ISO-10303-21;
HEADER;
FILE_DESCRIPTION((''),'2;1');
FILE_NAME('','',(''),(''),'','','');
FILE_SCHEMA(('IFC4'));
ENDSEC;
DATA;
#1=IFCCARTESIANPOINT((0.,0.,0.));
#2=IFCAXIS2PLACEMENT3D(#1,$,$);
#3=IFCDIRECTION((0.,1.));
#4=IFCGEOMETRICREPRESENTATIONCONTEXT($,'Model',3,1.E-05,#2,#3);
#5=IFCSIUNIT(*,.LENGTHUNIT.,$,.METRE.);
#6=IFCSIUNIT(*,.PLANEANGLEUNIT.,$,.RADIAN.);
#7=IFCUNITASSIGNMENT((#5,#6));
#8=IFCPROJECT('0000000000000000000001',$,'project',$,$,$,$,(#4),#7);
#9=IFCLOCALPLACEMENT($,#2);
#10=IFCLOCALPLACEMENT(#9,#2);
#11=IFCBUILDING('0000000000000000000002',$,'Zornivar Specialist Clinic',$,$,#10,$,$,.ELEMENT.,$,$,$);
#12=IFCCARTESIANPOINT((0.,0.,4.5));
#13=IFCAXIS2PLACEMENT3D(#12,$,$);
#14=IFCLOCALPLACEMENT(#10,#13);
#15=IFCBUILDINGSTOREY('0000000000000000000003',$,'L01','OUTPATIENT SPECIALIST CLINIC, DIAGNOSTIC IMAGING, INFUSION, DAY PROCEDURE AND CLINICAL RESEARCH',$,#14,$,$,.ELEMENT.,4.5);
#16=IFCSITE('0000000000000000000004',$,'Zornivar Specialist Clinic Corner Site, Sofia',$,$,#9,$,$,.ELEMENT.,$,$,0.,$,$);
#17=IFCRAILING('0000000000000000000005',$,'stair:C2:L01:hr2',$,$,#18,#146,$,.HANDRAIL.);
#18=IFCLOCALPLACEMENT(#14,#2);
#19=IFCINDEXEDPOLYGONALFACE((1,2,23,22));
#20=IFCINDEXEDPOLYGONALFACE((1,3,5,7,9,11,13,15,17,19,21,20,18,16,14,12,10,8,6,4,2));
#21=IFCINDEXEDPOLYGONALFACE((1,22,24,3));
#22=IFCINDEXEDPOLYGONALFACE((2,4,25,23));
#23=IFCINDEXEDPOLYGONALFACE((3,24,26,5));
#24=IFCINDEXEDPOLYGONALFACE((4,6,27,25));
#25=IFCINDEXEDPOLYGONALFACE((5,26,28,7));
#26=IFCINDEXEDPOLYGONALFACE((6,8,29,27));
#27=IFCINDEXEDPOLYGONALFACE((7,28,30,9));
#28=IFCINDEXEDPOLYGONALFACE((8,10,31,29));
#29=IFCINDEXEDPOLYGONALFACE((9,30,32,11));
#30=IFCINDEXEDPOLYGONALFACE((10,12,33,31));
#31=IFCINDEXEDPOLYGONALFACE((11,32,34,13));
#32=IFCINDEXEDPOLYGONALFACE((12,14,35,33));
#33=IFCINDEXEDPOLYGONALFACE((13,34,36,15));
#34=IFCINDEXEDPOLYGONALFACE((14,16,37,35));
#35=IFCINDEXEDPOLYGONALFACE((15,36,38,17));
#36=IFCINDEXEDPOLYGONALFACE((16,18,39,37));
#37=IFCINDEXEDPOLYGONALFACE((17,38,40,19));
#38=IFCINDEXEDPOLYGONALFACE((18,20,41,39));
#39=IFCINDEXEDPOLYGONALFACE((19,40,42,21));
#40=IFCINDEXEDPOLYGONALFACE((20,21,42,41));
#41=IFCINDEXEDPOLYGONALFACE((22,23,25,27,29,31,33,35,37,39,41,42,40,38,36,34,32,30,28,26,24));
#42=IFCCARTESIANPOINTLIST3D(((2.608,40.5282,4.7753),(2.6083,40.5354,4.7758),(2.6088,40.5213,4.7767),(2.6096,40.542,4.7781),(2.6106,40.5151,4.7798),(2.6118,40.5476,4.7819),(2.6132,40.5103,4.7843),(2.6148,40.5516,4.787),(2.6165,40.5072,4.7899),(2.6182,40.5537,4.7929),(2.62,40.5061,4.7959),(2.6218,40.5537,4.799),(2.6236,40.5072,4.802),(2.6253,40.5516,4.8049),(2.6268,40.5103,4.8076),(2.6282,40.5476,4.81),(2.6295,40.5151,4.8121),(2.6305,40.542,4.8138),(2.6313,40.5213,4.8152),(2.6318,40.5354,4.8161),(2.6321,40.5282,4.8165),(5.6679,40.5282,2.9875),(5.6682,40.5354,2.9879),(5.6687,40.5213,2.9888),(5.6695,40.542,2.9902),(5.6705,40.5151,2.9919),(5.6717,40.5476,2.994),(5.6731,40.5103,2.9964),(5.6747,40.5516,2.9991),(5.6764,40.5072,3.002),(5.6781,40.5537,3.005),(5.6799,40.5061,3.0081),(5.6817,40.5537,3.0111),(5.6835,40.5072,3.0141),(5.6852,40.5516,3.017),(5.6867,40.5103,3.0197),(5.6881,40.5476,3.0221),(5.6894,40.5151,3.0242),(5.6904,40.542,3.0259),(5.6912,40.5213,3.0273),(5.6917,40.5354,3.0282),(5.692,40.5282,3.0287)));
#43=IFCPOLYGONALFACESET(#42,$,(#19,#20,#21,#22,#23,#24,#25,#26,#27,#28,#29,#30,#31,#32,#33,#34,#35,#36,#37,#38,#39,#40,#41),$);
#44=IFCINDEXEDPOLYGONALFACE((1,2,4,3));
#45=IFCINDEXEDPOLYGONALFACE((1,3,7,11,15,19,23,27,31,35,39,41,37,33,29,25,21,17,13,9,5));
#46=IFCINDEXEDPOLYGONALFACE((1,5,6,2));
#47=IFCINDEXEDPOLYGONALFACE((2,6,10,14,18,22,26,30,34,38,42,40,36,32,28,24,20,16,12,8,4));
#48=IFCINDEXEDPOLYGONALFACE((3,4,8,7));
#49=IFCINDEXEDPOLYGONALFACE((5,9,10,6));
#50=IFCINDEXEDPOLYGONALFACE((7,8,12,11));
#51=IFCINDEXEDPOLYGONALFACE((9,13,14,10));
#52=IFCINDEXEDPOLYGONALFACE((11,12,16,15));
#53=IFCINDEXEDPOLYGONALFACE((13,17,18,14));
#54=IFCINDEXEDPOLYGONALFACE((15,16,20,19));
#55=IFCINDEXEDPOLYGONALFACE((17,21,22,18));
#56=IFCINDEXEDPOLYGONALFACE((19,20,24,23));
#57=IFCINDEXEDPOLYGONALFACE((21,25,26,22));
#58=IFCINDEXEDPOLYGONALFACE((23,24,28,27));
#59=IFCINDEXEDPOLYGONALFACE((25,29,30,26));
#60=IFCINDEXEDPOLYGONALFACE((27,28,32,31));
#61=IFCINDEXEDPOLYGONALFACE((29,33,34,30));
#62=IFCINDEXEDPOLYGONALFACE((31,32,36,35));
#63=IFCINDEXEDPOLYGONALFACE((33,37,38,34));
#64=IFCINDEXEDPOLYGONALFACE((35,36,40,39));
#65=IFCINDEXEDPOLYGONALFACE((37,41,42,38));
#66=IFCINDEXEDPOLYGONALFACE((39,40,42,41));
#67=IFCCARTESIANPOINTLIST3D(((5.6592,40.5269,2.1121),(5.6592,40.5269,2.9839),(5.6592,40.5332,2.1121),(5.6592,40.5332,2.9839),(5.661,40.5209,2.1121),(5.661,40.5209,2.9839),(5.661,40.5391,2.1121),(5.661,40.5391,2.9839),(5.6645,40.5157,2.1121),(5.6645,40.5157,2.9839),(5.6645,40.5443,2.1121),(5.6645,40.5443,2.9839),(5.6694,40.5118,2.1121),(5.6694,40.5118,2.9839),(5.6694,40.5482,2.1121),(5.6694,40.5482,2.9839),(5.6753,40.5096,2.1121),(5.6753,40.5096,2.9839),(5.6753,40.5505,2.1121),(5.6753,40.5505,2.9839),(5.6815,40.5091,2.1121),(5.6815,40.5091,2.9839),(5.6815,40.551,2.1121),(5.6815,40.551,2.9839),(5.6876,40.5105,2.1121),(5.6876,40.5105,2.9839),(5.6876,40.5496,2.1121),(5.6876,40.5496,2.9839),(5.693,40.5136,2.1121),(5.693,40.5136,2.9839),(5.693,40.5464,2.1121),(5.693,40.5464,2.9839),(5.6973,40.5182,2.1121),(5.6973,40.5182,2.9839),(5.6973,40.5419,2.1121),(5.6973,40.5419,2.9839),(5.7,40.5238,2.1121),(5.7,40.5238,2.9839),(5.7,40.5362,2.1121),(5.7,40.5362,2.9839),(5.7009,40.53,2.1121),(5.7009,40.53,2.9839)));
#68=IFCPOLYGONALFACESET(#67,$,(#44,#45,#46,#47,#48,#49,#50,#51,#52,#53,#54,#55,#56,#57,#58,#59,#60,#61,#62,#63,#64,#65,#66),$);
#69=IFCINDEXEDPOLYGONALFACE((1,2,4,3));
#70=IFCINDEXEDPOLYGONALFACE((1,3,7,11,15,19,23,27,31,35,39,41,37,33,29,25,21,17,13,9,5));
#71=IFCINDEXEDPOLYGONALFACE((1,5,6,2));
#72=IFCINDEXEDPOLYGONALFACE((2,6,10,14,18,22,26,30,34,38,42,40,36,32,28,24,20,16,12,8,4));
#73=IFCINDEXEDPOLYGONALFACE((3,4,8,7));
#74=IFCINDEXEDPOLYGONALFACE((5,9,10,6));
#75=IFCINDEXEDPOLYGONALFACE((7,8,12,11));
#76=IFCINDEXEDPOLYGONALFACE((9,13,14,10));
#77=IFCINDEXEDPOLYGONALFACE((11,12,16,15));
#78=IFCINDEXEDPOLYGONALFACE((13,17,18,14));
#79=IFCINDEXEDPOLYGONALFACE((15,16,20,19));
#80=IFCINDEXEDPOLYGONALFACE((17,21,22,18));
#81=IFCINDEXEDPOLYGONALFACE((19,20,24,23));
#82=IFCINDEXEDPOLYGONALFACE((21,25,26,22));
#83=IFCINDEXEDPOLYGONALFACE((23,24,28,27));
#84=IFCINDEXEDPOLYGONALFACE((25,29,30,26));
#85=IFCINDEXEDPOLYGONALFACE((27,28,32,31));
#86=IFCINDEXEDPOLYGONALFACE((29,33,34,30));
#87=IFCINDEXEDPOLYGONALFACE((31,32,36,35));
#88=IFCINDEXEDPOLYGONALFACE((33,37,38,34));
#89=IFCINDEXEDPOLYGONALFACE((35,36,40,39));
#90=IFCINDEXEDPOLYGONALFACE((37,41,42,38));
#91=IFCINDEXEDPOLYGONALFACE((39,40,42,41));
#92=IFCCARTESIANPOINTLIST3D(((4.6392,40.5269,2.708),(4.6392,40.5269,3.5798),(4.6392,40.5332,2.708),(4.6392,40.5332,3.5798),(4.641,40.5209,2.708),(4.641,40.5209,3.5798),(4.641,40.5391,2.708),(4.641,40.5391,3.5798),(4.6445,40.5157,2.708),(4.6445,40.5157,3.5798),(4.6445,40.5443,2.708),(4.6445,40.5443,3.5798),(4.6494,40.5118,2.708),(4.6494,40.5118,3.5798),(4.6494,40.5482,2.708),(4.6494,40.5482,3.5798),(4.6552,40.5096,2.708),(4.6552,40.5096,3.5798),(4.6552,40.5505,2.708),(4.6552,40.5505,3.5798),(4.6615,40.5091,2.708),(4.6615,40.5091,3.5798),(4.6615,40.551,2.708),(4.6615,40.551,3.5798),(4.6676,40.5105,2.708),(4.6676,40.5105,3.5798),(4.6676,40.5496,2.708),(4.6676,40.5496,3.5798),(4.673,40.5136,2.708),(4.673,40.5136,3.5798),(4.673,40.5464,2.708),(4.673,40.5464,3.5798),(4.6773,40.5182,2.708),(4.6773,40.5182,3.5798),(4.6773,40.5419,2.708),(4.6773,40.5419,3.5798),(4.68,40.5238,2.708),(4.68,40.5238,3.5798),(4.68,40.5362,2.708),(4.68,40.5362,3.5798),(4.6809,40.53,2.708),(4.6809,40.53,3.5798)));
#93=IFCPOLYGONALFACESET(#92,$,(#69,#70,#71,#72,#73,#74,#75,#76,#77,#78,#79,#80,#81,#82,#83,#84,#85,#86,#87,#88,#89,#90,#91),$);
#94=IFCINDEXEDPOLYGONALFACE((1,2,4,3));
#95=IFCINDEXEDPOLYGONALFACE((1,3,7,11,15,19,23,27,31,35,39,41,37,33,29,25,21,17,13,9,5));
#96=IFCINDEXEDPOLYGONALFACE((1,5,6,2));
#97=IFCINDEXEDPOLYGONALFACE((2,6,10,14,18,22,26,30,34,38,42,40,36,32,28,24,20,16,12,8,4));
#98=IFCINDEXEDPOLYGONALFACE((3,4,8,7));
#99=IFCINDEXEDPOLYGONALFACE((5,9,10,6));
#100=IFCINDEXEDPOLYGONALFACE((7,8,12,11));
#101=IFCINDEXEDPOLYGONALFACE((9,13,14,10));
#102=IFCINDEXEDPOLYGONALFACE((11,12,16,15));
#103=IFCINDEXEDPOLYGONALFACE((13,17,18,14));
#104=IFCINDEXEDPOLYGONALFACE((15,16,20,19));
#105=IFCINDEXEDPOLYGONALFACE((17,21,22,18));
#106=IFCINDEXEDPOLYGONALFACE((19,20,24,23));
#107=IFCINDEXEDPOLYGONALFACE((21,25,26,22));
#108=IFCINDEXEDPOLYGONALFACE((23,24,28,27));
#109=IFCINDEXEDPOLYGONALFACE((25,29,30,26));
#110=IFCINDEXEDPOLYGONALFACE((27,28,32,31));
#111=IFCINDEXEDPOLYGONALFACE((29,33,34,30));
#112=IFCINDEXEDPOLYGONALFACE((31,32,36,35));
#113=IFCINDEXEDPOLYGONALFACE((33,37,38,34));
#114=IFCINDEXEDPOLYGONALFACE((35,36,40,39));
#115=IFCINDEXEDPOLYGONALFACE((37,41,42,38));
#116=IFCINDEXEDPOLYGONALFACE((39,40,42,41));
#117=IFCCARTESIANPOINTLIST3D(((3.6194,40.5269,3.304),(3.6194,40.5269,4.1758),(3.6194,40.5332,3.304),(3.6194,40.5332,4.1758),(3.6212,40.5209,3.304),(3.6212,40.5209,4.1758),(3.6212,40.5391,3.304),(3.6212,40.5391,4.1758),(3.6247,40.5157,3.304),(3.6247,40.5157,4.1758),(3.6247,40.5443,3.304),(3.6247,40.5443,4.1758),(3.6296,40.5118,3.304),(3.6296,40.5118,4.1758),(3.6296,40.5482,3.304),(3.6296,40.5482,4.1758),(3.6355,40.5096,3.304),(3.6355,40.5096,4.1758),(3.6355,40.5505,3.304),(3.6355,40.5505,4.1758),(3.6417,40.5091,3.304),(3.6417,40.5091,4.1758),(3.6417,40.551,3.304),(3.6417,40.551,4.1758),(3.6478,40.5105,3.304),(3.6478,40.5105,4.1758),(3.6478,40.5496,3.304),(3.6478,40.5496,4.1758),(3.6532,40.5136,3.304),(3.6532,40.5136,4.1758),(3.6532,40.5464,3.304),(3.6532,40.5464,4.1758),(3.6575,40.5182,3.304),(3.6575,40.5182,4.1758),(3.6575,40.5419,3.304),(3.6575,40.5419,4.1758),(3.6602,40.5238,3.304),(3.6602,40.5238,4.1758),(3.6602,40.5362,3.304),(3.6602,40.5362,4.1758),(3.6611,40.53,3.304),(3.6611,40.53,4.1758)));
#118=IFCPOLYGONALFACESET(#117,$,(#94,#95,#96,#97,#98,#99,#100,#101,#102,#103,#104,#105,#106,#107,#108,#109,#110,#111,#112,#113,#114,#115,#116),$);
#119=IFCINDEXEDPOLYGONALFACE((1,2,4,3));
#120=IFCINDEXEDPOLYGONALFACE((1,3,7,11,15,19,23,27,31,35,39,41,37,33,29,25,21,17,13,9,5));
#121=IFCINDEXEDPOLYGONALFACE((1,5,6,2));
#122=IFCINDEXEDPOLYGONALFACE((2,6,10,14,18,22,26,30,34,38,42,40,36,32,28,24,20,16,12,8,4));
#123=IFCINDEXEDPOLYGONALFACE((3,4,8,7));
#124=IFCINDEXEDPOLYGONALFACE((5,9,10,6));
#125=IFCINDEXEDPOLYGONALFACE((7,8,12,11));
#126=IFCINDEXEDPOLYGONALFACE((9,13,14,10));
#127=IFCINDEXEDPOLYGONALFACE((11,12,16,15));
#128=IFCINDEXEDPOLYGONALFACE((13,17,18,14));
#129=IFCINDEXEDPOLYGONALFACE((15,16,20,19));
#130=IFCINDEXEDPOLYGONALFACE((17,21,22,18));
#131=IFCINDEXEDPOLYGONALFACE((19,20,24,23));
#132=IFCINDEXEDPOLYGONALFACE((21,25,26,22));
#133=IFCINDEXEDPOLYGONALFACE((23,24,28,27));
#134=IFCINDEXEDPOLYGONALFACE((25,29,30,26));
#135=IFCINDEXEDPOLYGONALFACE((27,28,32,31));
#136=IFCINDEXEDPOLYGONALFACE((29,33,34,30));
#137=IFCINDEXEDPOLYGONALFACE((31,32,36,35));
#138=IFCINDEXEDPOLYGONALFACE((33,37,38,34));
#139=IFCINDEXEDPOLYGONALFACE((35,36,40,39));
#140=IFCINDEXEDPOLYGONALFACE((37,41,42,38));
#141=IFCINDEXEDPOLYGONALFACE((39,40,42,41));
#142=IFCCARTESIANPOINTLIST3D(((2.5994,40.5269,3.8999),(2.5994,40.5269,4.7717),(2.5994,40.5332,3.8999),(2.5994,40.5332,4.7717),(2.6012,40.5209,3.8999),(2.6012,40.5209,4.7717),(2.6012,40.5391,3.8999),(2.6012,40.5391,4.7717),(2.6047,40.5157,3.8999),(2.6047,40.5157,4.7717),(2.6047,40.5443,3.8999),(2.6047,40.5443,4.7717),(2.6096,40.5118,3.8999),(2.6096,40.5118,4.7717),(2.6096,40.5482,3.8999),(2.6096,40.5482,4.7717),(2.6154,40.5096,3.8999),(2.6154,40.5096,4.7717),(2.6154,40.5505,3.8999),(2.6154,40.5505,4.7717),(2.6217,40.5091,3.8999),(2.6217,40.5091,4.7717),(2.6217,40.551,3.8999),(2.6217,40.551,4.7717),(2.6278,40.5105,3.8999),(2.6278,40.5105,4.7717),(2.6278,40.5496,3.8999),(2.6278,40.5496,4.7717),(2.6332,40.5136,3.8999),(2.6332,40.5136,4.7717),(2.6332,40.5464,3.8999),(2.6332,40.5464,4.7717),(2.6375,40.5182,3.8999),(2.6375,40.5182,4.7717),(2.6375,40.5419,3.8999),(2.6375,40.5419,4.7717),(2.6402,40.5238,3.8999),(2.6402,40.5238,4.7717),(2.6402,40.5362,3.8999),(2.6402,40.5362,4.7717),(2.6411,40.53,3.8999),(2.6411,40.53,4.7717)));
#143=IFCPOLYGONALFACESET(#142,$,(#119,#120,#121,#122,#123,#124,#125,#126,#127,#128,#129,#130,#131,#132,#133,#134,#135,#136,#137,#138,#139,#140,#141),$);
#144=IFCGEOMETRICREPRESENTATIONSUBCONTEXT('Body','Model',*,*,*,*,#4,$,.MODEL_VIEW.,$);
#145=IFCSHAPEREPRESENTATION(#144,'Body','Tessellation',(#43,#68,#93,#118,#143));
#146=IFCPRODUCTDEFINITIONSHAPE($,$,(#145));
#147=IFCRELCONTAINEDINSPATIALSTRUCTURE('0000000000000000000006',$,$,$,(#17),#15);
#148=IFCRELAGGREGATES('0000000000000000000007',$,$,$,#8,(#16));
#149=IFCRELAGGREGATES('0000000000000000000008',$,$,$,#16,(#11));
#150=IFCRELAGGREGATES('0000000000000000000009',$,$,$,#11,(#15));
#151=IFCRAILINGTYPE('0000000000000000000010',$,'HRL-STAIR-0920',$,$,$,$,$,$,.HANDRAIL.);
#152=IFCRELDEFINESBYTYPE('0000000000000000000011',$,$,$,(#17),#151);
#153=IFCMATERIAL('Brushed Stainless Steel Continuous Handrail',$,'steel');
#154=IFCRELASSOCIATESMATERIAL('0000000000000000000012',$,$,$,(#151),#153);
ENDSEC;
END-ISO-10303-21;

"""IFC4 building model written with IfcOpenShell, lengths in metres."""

from ifc_helpers import new_model, si_unit, direction, frame, origin, origin_2d, place, context, subcontext, project, spatial, circle, extrude, material, type_object, element, save


model = new_model("IFC4")

# Units and contexts
model_context = context("Model", 3, precision=1e-05, world=origin(), true_north=direction((0.0, 1.0)))
body_context = subcontext(model_context, "Body", "Model", "MODEL_VIEW")
ifc_project = project(units=[si_unit("LENGTHUNIT", "METRE"), si_unit("PLANEANGLEUNIT", "RADIAN")], contexts=[model_context])

# Site, building, storey
site_placement = place(None, origin())
site = spatial("IfcSite", under=ifc_project, at=site_placement, Name="Zornivar Specialist Clinic Corner Site, Sofia", CompositionType="ELEMENT", RefElevation=0.0)
building_placement = place(site_placement, origin())
building = spatial("IfcBuilding", under=site, at=building_placement, Name="Zornivar Specialist Clinic", CompositionType="ELEMENT")
storey_placement = place(building_placement, frame((0.0, 0.0, 4.5)))
storey = spatial("IfcBuildingStorey", under=building, at=storey_placement, Name="L01", Description="OUTPATIENT SPECIALIST CLINIC, DIAGNOSTIC IMAGING, INFUSION, DAY PROCEDURE AND CLINICAL RESEARCH", CompositionType="ELEMENT", Elevation=4.5)

# Railing
ifc_material_1 = material(Name="Brushed Stainless Steel Continuous Handrail", Category="steel")
railing_type_1 = type_object("IfcRailingType", Name="HRL-STAIR-0920", PredefinedType="HANDRAIL", material=ifc_material_1)
railing_1_placement = place(storey_placement, frame((5.6799, 40.53, 2.1121)))
element("IfcRailing", 1, at=railing_1_placement, inside=storey, type_object=railing_type_1, Name="stair:C2:L01:hr2", PredefinedType="HANDRAIL", context=body_context, shape_type="SweptSolid", body=[
    extrude(circle(Radius=0.0239, at=origin_2d()), frame((0.0, 0.0, 0.896), z_axis=(-0.863416, 0.0, 0.504492), x_axis=(0.0, -1.0, 0.0)), (0.0, 0.0, 1.0), 3.5439),
    extrude(circle(Radius=0.021, at=origin_2d()), origin(), (0.0, 0.0, 1.0), 0.8718),
    extrude(circle(Radius=0.021, at=origin_2d()), frame((-1.02, 0.0, 0.5959)), (0.0, 0.0, 1.0), 0.8718),
    extrude(circle(Radius=0.021, at=origin_2d()), frame((-2.0398, 0.0, 1.1919)), (0.0, 0.0, 1.0), 0.8718),
    extrude(circle(Radius=0.021, at=origin_2d()), frame((-3.0598, 0.0, 1.7878)), (0.0, 0.0, 1.0), 0.8718),
])

save(model, "model.ifc")
